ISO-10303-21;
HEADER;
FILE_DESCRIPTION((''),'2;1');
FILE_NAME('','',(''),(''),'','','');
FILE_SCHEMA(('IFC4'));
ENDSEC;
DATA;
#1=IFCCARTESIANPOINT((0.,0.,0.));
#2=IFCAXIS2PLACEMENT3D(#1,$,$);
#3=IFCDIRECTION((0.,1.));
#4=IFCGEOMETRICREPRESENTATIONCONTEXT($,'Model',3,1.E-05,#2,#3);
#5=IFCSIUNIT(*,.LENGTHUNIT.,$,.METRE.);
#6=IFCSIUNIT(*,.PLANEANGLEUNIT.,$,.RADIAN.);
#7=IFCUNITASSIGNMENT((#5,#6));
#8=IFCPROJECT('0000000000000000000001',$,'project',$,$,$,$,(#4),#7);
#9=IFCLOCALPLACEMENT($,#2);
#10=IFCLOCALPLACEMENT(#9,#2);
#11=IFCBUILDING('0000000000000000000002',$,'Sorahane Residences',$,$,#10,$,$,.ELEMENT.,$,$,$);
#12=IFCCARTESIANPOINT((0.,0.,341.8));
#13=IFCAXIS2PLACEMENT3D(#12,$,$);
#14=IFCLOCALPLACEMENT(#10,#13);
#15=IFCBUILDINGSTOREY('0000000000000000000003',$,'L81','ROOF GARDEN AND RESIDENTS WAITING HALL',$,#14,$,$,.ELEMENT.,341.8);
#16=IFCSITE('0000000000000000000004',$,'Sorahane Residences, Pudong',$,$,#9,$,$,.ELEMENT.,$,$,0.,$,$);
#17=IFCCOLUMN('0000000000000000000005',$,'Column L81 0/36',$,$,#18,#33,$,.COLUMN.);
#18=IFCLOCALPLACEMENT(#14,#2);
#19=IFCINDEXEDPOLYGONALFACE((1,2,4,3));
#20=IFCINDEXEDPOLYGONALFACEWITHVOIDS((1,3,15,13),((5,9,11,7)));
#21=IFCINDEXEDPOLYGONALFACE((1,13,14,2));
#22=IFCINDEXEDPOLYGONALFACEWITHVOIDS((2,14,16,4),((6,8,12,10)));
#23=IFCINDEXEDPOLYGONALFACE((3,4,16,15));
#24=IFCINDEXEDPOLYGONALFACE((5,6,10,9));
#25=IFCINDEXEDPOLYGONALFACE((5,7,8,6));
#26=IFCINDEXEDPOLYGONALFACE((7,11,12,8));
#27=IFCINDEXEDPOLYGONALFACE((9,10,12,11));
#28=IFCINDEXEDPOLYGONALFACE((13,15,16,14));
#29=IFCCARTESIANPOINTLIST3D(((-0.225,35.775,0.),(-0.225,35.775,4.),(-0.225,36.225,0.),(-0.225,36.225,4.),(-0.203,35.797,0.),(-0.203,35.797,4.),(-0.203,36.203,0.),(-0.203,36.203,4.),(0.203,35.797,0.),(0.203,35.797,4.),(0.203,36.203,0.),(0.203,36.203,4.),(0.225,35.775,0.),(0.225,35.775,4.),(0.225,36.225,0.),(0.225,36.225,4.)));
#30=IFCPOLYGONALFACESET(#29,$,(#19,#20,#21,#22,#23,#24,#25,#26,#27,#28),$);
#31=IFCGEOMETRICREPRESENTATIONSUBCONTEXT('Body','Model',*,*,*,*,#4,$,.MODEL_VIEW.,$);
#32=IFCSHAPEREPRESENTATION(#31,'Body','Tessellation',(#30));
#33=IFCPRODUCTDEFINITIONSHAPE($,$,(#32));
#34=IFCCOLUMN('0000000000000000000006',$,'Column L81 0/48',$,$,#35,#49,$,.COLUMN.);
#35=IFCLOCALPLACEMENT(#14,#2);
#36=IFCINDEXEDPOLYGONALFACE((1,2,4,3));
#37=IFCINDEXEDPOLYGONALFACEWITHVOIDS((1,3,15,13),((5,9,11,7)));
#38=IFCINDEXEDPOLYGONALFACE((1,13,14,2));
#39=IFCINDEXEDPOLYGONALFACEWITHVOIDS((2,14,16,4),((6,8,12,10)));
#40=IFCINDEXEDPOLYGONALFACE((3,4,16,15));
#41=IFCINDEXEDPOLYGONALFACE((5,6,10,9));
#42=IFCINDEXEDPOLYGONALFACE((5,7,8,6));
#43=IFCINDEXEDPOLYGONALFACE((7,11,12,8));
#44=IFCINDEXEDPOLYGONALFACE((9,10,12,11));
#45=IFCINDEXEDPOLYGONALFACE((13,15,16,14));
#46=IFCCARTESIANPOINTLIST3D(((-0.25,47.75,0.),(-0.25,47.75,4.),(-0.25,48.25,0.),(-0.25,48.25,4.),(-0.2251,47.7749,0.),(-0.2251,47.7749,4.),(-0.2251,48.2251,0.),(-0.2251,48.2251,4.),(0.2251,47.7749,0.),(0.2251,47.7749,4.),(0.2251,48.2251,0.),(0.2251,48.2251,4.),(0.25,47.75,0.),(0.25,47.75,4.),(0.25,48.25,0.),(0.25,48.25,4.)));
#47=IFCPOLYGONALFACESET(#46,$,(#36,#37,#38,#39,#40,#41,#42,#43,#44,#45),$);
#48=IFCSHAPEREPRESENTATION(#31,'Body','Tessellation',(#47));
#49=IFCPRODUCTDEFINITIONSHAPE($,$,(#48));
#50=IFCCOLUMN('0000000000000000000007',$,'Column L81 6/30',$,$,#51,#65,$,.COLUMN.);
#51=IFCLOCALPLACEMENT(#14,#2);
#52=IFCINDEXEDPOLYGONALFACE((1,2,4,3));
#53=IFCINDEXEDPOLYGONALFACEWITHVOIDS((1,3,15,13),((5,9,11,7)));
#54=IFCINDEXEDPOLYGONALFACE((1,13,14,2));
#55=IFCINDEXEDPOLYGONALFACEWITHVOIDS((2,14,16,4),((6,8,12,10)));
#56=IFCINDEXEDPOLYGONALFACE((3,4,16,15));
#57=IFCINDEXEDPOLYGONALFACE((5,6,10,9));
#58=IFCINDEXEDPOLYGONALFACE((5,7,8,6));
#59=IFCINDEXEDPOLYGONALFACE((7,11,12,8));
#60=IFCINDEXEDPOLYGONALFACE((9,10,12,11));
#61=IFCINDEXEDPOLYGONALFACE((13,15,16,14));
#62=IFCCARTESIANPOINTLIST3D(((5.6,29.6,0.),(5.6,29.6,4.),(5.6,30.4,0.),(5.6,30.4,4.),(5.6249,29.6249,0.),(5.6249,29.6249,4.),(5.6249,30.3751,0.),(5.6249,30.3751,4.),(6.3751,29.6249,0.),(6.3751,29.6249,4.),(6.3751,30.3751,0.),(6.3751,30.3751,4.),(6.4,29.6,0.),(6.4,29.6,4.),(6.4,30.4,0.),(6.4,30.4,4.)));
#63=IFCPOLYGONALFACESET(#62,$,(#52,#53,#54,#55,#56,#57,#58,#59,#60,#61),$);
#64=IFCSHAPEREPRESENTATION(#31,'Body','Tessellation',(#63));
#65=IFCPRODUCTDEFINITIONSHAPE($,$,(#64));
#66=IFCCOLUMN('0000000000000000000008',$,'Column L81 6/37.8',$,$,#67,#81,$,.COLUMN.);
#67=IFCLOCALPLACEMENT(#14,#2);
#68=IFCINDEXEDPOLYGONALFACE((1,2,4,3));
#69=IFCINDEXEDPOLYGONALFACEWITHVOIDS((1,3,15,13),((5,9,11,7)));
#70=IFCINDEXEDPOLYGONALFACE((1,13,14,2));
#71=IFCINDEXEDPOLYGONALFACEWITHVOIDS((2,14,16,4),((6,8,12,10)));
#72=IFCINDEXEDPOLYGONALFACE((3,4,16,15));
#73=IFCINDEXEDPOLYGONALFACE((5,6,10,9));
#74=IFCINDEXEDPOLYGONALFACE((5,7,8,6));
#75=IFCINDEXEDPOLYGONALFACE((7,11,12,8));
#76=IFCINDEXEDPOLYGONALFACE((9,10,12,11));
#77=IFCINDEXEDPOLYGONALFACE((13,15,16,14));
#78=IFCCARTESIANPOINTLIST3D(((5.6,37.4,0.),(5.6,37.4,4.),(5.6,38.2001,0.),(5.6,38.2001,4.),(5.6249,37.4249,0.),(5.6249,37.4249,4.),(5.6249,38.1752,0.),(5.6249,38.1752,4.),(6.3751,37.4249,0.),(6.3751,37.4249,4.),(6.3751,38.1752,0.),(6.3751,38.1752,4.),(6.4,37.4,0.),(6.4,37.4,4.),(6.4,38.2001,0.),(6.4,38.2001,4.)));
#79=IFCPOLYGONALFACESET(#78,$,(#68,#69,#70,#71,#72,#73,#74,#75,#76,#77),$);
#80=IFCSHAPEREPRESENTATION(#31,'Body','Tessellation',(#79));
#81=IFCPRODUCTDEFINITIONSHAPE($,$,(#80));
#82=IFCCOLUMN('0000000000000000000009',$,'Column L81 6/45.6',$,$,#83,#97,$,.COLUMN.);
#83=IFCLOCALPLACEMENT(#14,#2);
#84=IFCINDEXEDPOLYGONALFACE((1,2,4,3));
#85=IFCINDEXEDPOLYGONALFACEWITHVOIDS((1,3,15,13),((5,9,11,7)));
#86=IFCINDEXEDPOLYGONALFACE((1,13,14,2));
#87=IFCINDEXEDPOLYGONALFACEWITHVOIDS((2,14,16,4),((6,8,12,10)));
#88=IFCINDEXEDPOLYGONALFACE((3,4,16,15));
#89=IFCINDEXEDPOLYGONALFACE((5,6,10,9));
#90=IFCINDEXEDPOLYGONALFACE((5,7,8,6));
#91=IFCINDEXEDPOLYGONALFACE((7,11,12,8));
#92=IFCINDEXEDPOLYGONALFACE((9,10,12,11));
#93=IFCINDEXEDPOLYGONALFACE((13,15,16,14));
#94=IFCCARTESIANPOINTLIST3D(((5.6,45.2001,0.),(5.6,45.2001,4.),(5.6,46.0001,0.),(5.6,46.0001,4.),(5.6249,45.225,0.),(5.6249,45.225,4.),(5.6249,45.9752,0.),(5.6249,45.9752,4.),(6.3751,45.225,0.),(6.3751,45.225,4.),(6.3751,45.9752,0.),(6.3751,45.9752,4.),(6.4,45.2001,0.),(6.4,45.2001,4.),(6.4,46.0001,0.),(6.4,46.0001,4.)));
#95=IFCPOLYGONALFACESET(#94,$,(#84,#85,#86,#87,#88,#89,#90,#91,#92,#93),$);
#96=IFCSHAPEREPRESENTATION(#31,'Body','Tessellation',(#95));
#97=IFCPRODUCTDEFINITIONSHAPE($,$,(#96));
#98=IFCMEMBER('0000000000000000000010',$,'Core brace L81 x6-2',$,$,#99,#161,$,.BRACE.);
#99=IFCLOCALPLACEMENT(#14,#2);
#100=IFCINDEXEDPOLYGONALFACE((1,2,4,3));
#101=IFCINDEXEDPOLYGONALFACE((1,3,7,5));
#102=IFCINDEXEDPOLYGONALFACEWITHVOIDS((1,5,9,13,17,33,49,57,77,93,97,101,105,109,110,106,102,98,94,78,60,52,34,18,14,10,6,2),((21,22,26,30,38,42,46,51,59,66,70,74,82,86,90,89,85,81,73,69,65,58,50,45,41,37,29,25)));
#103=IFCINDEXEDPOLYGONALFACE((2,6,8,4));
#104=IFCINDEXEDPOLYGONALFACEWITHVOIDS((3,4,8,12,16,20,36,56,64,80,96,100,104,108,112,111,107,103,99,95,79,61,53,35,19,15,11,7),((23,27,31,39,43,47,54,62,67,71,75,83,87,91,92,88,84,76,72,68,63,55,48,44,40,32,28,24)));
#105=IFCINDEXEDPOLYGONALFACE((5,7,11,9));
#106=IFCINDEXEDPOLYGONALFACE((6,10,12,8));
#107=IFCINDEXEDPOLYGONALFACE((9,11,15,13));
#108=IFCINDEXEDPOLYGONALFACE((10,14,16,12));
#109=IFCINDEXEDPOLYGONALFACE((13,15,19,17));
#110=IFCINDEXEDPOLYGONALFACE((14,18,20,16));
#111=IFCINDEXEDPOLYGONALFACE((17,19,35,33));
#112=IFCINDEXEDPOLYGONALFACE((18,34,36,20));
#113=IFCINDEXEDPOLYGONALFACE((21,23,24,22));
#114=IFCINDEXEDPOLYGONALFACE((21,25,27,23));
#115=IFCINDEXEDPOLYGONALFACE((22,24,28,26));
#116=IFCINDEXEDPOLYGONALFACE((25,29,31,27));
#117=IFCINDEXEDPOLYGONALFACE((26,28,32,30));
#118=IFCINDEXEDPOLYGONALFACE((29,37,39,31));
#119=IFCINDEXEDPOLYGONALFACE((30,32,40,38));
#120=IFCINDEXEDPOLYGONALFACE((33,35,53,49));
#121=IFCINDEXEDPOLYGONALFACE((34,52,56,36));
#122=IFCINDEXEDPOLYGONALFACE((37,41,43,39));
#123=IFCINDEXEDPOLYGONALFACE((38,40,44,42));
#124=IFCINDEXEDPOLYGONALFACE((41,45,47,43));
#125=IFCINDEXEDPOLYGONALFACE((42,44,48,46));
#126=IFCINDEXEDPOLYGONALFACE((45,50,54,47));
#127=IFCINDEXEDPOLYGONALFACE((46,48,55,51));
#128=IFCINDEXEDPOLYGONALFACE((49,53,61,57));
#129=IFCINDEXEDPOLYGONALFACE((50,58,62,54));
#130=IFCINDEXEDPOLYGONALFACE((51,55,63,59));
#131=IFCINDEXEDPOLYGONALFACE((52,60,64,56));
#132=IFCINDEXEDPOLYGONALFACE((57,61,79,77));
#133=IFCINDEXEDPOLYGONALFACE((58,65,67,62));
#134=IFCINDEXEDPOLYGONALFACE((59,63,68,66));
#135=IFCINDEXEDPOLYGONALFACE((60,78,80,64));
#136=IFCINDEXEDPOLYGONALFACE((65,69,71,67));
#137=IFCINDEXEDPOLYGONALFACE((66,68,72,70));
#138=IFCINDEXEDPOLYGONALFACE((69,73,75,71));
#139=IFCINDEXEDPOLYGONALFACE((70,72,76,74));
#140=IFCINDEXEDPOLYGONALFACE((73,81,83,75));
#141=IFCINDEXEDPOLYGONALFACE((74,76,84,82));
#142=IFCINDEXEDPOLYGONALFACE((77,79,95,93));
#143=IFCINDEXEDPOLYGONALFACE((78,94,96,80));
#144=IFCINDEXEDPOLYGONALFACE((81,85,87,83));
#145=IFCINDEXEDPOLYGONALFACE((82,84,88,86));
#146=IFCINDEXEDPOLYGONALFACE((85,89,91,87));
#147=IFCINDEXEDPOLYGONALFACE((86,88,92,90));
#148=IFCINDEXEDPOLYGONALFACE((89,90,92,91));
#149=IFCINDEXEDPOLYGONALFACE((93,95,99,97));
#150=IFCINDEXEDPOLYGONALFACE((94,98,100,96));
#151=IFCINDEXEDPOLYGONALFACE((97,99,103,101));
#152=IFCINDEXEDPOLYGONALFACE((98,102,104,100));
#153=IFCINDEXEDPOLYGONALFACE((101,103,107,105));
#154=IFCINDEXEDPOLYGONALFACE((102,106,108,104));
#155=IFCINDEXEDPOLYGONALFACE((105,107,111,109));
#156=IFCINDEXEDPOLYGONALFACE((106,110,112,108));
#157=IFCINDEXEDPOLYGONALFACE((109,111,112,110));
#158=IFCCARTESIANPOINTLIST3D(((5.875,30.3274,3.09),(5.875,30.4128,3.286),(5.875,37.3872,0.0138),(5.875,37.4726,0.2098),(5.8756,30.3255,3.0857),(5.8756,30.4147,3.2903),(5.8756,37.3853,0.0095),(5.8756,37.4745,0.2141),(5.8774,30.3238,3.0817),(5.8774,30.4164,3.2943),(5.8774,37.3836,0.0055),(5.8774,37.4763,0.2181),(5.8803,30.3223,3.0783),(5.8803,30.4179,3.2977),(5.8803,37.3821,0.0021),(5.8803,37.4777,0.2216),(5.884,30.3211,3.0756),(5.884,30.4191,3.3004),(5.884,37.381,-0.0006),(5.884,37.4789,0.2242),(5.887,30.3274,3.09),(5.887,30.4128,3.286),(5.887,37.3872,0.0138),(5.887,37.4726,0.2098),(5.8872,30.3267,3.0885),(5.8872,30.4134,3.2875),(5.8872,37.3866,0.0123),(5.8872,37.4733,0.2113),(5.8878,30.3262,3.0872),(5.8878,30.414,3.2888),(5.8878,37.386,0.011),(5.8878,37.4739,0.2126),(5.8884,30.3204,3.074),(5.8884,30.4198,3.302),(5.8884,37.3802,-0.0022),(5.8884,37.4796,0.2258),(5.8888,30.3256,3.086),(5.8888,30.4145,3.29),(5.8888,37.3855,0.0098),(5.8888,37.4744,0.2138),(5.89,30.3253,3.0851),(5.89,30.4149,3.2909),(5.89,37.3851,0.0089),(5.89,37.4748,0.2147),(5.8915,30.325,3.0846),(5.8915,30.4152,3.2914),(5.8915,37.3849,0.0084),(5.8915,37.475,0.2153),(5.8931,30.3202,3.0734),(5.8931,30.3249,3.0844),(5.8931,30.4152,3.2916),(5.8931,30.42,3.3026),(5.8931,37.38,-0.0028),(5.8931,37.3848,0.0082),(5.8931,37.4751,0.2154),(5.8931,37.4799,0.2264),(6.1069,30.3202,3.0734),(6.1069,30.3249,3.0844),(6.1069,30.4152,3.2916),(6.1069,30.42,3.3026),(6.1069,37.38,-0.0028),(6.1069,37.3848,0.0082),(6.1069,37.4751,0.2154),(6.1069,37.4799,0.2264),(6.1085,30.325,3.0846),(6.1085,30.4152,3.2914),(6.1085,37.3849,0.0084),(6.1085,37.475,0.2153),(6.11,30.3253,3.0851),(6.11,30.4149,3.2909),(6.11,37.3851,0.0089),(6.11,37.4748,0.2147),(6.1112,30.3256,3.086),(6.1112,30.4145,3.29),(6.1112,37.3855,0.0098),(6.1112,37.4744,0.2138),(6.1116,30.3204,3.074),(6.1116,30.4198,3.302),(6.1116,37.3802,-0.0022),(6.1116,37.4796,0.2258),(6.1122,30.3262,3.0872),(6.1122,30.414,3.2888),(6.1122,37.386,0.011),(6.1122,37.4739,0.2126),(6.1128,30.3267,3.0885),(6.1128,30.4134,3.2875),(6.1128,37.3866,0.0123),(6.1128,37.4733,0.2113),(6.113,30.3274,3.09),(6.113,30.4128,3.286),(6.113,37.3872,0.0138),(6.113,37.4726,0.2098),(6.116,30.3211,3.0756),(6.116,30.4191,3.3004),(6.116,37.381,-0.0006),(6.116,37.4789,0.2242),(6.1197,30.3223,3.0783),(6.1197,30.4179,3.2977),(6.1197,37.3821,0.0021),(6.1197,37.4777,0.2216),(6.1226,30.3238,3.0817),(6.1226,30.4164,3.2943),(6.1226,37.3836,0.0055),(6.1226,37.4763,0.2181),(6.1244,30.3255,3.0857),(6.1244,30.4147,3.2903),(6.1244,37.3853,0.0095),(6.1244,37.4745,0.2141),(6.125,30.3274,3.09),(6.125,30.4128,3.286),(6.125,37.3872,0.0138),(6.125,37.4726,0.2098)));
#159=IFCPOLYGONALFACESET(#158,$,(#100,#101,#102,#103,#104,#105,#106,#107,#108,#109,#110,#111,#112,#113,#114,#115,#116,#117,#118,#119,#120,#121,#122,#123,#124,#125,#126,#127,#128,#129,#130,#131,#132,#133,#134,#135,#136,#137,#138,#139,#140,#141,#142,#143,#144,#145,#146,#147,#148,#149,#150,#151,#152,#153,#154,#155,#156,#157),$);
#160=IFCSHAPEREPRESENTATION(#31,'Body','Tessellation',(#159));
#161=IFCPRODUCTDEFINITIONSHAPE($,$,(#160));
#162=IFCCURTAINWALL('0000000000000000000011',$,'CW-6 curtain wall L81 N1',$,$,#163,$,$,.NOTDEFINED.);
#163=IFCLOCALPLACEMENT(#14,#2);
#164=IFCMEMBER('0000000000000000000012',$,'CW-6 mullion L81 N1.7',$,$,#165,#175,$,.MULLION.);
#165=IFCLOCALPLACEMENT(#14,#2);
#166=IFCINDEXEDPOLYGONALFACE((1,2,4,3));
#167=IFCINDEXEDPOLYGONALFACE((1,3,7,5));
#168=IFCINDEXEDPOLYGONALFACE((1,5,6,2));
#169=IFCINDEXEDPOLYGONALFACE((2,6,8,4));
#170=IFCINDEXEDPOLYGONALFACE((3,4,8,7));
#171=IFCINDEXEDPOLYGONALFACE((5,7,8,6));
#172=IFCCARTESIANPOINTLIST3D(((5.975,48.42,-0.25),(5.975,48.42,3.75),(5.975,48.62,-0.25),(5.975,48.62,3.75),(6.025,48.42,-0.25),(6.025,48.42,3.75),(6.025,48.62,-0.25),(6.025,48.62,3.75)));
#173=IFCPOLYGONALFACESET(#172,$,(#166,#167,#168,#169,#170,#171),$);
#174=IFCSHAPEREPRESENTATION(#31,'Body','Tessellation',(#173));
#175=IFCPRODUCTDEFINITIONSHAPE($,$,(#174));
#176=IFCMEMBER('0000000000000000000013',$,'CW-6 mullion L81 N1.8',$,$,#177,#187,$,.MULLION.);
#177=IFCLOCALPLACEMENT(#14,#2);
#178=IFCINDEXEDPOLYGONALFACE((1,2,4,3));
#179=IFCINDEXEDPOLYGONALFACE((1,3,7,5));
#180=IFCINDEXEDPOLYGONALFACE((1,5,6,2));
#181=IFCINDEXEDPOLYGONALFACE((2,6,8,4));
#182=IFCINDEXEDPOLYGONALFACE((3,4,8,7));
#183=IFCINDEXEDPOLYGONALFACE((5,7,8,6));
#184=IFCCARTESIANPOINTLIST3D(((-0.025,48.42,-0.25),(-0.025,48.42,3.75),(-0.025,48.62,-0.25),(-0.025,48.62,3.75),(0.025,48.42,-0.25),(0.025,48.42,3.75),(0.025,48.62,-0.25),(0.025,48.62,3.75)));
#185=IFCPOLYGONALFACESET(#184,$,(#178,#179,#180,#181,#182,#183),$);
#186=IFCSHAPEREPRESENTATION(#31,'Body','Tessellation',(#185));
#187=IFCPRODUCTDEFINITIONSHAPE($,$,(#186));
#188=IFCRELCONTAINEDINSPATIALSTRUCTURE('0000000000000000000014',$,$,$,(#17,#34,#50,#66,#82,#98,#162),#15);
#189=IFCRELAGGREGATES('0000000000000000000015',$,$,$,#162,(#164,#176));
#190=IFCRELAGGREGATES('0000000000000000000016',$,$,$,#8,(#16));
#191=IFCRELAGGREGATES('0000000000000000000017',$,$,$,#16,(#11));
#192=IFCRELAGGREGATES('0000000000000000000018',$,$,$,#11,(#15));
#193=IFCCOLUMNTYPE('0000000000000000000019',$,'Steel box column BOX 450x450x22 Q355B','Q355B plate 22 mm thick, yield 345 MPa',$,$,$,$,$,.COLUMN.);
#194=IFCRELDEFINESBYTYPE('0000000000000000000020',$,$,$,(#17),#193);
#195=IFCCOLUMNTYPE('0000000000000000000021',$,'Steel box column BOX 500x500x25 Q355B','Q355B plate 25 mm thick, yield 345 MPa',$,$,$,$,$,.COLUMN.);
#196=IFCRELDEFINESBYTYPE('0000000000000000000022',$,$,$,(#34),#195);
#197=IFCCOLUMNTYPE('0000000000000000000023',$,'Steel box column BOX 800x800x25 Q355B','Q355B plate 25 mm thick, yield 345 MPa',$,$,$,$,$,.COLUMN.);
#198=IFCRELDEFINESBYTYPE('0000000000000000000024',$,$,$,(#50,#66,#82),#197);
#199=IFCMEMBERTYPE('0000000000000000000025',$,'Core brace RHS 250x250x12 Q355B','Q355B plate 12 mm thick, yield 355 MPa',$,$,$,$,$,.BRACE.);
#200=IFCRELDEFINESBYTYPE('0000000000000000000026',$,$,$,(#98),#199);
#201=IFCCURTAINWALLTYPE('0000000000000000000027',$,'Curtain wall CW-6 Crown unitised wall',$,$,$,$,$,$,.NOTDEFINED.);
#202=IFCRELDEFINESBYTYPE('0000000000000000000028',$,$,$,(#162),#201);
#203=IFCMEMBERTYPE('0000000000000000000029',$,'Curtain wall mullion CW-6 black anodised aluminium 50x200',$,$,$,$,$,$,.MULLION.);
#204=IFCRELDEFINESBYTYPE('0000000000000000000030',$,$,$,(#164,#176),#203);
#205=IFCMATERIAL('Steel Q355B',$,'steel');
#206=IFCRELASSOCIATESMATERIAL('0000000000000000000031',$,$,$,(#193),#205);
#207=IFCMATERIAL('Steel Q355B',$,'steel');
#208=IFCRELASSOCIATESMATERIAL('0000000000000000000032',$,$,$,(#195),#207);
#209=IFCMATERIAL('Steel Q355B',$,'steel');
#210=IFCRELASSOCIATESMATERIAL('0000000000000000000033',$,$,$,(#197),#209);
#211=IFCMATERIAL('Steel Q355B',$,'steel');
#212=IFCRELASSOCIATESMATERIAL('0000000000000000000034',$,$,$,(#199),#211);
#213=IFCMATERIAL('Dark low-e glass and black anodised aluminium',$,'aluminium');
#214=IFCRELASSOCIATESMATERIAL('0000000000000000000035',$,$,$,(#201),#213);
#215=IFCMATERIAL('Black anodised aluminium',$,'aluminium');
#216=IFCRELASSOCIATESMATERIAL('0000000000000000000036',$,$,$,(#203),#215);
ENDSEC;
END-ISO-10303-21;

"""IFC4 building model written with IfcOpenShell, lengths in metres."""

from ifc_helpers import new_model, si_unit, direction, frame, origin, origin_2d, place, context, subcontext, project, spatial, rectangle, hollow_rectangle, extrude, material, material_profile, profile_set, type_object, element, aggregate, save


model = new_model("IFC4")

# Units and contexts
model_context = context("Model", 3, precision=1e-05, world=origin(), true_north=direction((0.0, 1.0)))
body_context = subcontext(model_context, "Body", "Model", "MODEL_VIEW")
ifc_project = project(units=[si_unit("LENGTHUNIT", "METRE"), si_unit("PLANEANGLEUNIT", "RADIAN")], contexts=[model_context])

# Site, building, storey
site_placement = place(None, origin())
site = spatial("IfcSite", under=ifc_project, at=site_placement, Name="Sorahane Residences, Pudong", CompositionType="ELEMENT", RefElevation=0.0)
building_placement = place(site_placement, origin())
building = spatial("IfcBuilding", under=site, at=building_placement, Name="Sorahane Residences", CompositionType="ELEMENT")
storey_placement = place(building_placement, frame((0.0, 0.0, 341.8)))
storey = spatial("IfcBuildingStorey", under=building, at=storey_placement, Name="L81", Description="ROOF GARDEN AND RESIDENTS WAITING HALL", CompositionType="ELEMENT", Elevation=341.8)

# Columns
ifc_material_1 = material(Name="Steel Q355B", Category="steel")
ifc_material_profile_1 = material_profile(ifc_material_1, hollow_rectangle(XDim=0.45, YDim=0.45, WallThickness=0.022, at=origin_2d()), Name="BOX 450x450x22")
ifc_profile_set_1 = profile_set([ifc_material_profile_1], Name="Steel Q355B")
column_type_1 = type_object("IfcColumnType", Name="Steel box column BOX 450x450x22 Q355B", Description="Q355B plate 22 mm thick, yield 345 MPa", PredefinedType="COLUMN", material=ifc_profile_set_1)
column_1_placement = place(storey_placement, frame((0.0, 36.0, 0.0), z_axis=(0.0, 0.0, 1.0), x_axis=(1.0, 0.0, 0.0)))
element("IfcColumn", 1, at=column_1_placement, inside=storey, type_object=column_type_1, Name="Column L81 0/36", PredefinedType="COLUMN", context=body_context, shape_type="SweptSolid", body=[
    extrude(hollow_rectangle(XDim=0.45, YDim=0.45, WallThickness=0.022, at=origin_2d()), origin(), (0.0, 0.0, 1.0), 4.0),
])
ifc_material_2 = material(Name="Steel Q355B", Category="steel")
ifc_material_profile_2 = material_profile(ifc_material_2, hollow_rectangle(XDim=0.5, YDim=0.5, WallThickness=0.0249, at=origin_2d()), Name="BOX 500x500x25")
ifc_profile_set_2 = profile_set([ifc_material_profile_2], Name="Steel Q355B")
column_type_2 = type_object("IfcColumnType", Name="Steel box column BOX 500x500x25 Q355B", Description="Q355B plate 25 mm thick, yield 345 MPa", PredefinedType="COLUMN", material=ifc_profile_set_2)
column_2_placement = place(storey_placement, frame((0.0, 48.0, 0.0), z_axis=(0.0, 0.0, 1.0), x_axis=(1.0, 0.0, 0.0)))
element("IfcColumn", 2, at=column_2_placement, inside=storey, type_object=column_type_2, Name="Column L81 0/48", PredefinedType="COLUMN", context=body_context, shape_type="SweptSolid", body=[
    extrude(hollow_rectangle(XDim=0.5, YDim=0.5, WallThickness=0.0249, at=origin_2d()), origin(), (0.0, 0.0, 1.0), 4.0),
])
ifc_material_3 = material(Name="Steel Q355B", Category="steel")
ifc_material_profile_3 = material_profile(ifc_material_3, hollow_rectangle(XDim=0.8, YDim=0.8, WallThickness=0.0249, at=origin_2d()), Name="BOX 800x800x25")
ifc_profile_set_3 = profile_set([ifc_material_profile_3], Name="Steel Q355B")
column_type_3 = type_object("IfcColumnType", Name="Steel box column BOX 800x800x25 Q355B", Description="Q355B plate 25 mm thick, yield 345 MPa", PredefinedType="COLUMN", material=ifc_profile_set_3)
for number, where, z_axis, x_axis, name in (
    (3, (6.0, 30.0, 0.0), (0.0, 0.0, 1.0), (1.0, 0.0, 0.0), "Column L81 6/30"),
    (4, (6.0, 37.8, 0.0), (0.0, 0.0, 1.0), (1.0, 0.0, 0.0), "Column L81 6/37.8"),
    (5, (6.0, 45.6001, 0.0), (0.0, 0.0, 1.0), (1.0, 0.0, 0.0), "Column L81 6/45.6"),
):
    element("IfcColumn", number, at=place(storey_placement, frame(where, z_axis=z_axis, x_axis=x_axis)), inside=storey, type_object=column_type_3, Name=name, PredefinedType="COLUMN", context=body_context, shape_type="SweptSolid", body=[
        extrude(hollow_rectangle(XDim=0.8, YDim=0.8, WallThickness=0.0249, at=origin_2d()), origin(), (0.0, 0.0, 1.0), 4.0),
    ])

# Member
ifc_material_4 = material(Name="Steel Q355B", Category="steel")
ifc_material_profile_4 = material_profile(ifc_material_4, hollow_rectangle(XDim=0.25, YDim=0.25, WallThickness=0.012, InnerFilletRadius=0.0061, OuterFilletRadius=0.0181, at=origin_2d()), Name="RHS 250x250x12")
ifc_profile_set_4 = profile_set([ifc_material_profile_4], Name="Steel Q355B")
member_type_1 = type_object("IfcMemberType", Name="Core brace RHS 250x250x12 Q355B", Description="Q355B plate 12 mm thick, yield 355 MPa", PredefinedType="BRACE", material=ifc_profile_set_4)
member_1_placement = place(storey_placement, frame((6.0, 37.4299, 0.1118), z_axis=(0.0, -0.916752, 0.399456), x_axis=(1.0, 0.0, 0.0)))
element("IfcMember", 6, at=member_1_placement, inside=storey, type_object=member_type_1, Name="Core brace L81 x6-2", PredefinedType="BRACE", context=body_context, shape_type="SweptSolid", body=[
    extrude(hollow_rectangle(XDim=0.25, YDim=0.25, WallThickness=0.012, InnerFilletRadius=0.0061, OuterFilletRadius=0.0181, at=origin_2d()), origin(), (0.0, 0.0, 1.0), 7.7009),
])

# Curtain wall, members
ifc_material_5 = material(Name="Dark low-e glass and black anodised aluminium", Category="aluminium")
curtain_wall_type = type_object("IfcCurtainWallType", Name="Curtain wall CW-6 Crown unitised wall", PredefinedType="NOTDEFINED", material=ifc_material_5)
curtain_wall_1_placement = place(storey_placement, origin())
curtain_wall_1 = element("IfcCurtainWall", 7, at=curtain_wall_1_placement, inside=storey, type_object=curtain_wall_type, Name="CW-6 curtain wall L81 N1", PredefinedType="NOTDEFINED")
ifc_material_6 = material(Name="Black anodised aluminium", Category="aluminium")
ifc_material_profile_5 = material_profile(ifc_material_6, rectangle(XDim=0.2, YDim=0.05, at=origin_2d()), Name="Curtain wall mullion CW-6 black anodised aluminium 50x200")
ifc_profile_set_5 = profile_set([ifc_material_profile_5], Name="Black anodised aluminium")
member_type_2 = type_object("IfcMemberType", Name="Curtain wall mullion CW-6 black anodised aluminium 50x200", PredefinedType="MULLION", material=ifc_profile_set_5)
member_2_placement = place(storey_placement, frame((6.0, 48.52, -0.25), z_axis=(0.0, 0.0, 1.0), x_axis=(0.0, 1.0, 0.0)))
member_2 = element("IfcMember", 8, at=member_2_placement, type_object=member_type_2, Name="CW-6 mullion L81 N1.7", PredefinedType="MULLION", context=body_context, shape_type="SweptSolid", body=[
    extrude(rectangle(XDim=0.2, YDim=0.05, at=origin_2d()), origin(), (0.0, 0.0, 1.0), 4.0),
])
member_3_placement = place(storey_placement, frame((0.0, 48.52, -0.25), z_axis=(0.0, 0.0, 1.0), x_axis=(0.0, 1.0, 0.0)))
member_3 = element("IfcMember", 9, at=member_3_placement, type_object=member_type_2, Name="CW-6 mullion L81 N1.8", PredefinedType="MULLION", context=body_context, shape_type="SweptSolid", body=[
    extrude(rectangle(XDim=0.2, YDim=0.05, at=origin_2d()), origin(), (0.0, 0.0, 1.0), 4.0),
])

aggregate(curtain_wall_1, [member_2, member_3])

save(model, "model.ifc")
